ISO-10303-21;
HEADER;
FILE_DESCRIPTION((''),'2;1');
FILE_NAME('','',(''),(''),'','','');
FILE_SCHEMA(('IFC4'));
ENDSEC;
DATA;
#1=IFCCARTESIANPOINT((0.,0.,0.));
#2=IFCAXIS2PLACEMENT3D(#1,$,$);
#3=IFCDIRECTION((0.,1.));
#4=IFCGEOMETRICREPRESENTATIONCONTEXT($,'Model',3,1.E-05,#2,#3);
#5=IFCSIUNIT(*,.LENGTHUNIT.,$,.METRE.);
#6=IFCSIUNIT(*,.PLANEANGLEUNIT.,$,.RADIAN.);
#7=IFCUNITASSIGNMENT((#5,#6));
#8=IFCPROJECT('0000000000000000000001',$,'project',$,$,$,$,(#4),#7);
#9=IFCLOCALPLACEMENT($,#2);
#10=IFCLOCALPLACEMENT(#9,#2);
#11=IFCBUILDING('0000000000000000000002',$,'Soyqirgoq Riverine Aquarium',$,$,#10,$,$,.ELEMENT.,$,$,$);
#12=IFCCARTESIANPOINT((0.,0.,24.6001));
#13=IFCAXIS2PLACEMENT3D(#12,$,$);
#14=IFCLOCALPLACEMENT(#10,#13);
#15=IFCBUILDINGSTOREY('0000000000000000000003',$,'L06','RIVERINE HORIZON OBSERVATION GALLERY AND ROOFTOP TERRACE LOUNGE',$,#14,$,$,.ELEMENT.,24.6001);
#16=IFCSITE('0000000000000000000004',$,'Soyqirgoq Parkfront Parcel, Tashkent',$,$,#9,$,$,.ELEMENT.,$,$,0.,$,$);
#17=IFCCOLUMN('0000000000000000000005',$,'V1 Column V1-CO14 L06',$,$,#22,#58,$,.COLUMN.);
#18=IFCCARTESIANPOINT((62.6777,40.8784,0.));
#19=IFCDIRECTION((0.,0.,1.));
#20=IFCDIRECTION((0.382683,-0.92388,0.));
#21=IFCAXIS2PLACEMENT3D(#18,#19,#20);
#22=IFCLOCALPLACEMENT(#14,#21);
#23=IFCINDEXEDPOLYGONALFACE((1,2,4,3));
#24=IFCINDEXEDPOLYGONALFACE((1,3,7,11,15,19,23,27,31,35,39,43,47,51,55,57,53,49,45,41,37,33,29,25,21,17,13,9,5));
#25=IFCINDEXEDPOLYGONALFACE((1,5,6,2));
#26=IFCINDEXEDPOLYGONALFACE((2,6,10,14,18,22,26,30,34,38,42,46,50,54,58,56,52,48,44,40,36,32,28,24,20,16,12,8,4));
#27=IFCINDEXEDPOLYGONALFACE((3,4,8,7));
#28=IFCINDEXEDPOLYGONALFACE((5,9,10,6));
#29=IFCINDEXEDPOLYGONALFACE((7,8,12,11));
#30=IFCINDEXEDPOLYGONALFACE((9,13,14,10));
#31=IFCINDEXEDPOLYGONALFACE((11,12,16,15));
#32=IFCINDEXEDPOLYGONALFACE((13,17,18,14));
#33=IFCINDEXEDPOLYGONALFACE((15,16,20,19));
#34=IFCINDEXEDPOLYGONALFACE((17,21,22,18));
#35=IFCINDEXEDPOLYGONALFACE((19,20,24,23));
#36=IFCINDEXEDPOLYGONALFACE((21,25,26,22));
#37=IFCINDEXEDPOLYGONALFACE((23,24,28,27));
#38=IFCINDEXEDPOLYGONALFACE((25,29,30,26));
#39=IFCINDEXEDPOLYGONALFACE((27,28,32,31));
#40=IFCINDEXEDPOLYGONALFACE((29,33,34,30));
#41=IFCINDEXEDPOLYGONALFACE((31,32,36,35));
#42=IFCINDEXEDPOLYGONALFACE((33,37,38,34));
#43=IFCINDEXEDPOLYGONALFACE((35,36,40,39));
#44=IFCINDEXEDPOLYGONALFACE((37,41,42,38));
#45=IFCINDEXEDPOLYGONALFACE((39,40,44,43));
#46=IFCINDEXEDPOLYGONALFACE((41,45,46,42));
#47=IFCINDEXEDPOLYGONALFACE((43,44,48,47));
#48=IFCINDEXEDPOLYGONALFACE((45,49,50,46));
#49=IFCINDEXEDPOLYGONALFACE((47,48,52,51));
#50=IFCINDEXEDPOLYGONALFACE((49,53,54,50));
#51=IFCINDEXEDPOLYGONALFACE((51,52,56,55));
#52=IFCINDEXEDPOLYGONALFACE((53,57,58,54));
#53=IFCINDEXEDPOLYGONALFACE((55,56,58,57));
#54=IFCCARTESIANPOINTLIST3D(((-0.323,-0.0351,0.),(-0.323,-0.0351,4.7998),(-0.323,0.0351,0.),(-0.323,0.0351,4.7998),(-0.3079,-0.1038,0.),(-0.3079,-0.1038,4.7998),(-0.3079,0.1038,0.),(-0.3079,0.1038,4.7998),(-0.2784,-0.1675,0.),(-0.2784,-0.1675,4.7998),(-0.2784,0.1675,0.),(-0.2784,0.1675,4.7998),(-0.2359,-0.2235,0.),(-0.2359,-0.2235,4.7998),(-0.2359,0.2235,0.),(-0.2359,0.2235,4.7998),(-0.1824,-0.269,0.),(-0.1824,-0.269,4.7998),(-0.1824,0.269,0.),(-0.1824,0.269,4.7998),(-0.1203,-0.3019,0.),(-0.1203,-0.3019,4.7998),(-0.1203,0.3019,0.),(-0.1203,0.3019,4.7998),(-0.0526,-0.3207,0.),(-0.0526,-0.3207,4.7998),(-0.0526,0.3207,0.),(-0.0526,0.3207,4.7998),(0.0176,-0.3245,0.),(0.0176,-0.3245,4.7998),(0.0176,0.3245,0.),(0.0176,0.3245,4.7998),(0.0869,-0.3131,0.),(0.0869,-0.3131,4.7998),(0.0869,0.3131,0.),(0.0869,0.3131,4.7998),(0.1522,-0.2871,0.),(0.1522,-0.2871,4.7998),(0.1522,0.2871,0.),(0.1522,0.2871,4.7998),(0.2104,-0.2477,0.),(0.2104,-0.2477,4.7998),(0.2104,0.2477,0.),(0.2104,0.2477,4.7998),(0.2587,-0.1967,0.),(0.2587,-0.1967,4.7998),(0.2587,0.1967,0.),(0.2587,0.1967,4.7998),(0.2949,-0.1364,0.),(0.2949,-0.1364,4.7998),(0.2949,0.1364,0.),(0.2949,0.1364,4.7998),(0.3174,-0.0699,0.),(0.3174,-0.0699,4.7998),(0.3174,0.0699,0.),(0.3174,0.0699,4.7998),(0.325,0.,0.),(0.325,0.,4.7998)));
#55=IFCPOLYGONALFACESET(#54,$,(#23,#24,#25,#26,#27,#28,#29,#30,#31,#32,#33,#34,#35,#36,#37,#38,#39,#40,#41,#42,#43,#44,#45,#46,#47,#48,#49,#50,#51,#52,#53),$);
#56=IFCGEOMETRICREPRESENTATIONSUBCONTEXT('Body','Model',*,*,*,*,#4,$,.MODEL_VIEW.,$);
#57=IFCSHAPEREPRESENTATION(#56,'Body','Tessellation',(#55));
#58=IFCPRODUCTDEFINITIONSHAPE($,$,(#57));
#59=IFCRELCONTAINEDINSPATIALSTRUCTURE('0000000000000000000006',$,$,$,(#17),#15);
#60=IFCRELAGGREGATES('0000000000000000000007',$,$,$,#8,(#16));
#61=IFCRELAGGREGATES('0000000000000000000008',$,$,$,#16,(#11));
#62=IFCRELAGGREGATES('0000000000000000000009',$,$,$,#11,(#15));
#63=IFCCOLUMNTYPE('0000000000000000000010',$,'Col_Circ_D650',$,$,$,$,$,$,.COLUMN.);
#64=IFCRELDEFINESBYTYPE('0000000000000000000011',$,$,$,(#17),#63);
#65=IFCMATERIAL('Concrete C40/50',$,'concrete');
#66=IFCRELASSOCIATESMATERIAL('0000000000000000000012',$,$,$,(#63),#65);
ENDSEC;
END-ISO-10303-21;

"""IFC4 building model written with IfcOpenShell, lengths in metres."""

from ifc_helpers import new_model, si_unit, direction, frame, origin, origin_2d, place, context, subcontext, project, spatial, circle, extrude, material, material_profile, profile_set, type_object, element, save


model = new_model("IFC4")

# Units and contexts
model_context = context("Model", 3, precision=1e-05, world=origin(), true_north=direction((0.0, 1.0)))
body_context = subcontext(model_context, "Body", "Model", "MODEL_VIEW")
ifc_project = project(units=[si_unit("LENGTHUNIT", "METRE"), si_unit("PLANEANGLEUNIT", "RADIAN")], contexts=[model_context])

# Site, building, storey
site_placement = place(None, origin())
site = spatial("IfcSite", under=ifc_project, at=site_placement, Name="Soyqirgoq Parkfront Parcel, Tashkent", CompositionType="ELEMENT", RefElevation=0.0)
building_placement = place(site_placement, origin())
building = spatial("IfcBuilding", under=site, at=building_placement, Name="Soyqirgoq Riverine Aquarium", CompositionType="ELEMENT")
storey_placement = place(building_placement, frame((0.0, 0.0, 24.6001)))
storey = spatial("IfcBuildingStorey", under=building, at=storey_placement, Name="L06", Description="RIVERINE HORIZON OBSERVATION GALLERY AND ROOFTOP TERRACE LOUNGE", CompositionType="ELEMENT", Elevation=24.6001)

# Column
ifc_material_1 = material(Name="Concrete C40/50", Category="concrete")
ifc_material_profile_1 = material_profile(ifc_material_1, circle(Radius=0.325, at=origin_2d()), Name="RC-COL D650")
ifc_profile_set_1 = profile_set([ifc_material_profile_1], Name="Concrete C40/50")
column_type = type_object("IfcColumnType", Name="Col_Circ_D650", PredefinedType="COLUMN", material=ifc_profile_set_1)
for number, where, z_axis, x_axis, name in (
    (1, (62.6777, 40.8784, 0.0), (0.0, 0.0, 1.0), (0.382683, -0.92388, 0.0), "V1 Column V1-CO14 L06"),
):
    element("IfcColumn", number, at=place(storey_placement, frame(where, z_axis=z_axis, x_axis=x_axis)), inside=storey, type_object=column_type, Name=name, PredefinedType="COLUMN", context=body_context, shape_type="SweptSolid", body=[
        extrude(circle(Radius=0.325, at=origin_2d()), origin(), (0.0, 0.0, 1.0), 4.7998),
    ])

save(model, "model.ifc")
